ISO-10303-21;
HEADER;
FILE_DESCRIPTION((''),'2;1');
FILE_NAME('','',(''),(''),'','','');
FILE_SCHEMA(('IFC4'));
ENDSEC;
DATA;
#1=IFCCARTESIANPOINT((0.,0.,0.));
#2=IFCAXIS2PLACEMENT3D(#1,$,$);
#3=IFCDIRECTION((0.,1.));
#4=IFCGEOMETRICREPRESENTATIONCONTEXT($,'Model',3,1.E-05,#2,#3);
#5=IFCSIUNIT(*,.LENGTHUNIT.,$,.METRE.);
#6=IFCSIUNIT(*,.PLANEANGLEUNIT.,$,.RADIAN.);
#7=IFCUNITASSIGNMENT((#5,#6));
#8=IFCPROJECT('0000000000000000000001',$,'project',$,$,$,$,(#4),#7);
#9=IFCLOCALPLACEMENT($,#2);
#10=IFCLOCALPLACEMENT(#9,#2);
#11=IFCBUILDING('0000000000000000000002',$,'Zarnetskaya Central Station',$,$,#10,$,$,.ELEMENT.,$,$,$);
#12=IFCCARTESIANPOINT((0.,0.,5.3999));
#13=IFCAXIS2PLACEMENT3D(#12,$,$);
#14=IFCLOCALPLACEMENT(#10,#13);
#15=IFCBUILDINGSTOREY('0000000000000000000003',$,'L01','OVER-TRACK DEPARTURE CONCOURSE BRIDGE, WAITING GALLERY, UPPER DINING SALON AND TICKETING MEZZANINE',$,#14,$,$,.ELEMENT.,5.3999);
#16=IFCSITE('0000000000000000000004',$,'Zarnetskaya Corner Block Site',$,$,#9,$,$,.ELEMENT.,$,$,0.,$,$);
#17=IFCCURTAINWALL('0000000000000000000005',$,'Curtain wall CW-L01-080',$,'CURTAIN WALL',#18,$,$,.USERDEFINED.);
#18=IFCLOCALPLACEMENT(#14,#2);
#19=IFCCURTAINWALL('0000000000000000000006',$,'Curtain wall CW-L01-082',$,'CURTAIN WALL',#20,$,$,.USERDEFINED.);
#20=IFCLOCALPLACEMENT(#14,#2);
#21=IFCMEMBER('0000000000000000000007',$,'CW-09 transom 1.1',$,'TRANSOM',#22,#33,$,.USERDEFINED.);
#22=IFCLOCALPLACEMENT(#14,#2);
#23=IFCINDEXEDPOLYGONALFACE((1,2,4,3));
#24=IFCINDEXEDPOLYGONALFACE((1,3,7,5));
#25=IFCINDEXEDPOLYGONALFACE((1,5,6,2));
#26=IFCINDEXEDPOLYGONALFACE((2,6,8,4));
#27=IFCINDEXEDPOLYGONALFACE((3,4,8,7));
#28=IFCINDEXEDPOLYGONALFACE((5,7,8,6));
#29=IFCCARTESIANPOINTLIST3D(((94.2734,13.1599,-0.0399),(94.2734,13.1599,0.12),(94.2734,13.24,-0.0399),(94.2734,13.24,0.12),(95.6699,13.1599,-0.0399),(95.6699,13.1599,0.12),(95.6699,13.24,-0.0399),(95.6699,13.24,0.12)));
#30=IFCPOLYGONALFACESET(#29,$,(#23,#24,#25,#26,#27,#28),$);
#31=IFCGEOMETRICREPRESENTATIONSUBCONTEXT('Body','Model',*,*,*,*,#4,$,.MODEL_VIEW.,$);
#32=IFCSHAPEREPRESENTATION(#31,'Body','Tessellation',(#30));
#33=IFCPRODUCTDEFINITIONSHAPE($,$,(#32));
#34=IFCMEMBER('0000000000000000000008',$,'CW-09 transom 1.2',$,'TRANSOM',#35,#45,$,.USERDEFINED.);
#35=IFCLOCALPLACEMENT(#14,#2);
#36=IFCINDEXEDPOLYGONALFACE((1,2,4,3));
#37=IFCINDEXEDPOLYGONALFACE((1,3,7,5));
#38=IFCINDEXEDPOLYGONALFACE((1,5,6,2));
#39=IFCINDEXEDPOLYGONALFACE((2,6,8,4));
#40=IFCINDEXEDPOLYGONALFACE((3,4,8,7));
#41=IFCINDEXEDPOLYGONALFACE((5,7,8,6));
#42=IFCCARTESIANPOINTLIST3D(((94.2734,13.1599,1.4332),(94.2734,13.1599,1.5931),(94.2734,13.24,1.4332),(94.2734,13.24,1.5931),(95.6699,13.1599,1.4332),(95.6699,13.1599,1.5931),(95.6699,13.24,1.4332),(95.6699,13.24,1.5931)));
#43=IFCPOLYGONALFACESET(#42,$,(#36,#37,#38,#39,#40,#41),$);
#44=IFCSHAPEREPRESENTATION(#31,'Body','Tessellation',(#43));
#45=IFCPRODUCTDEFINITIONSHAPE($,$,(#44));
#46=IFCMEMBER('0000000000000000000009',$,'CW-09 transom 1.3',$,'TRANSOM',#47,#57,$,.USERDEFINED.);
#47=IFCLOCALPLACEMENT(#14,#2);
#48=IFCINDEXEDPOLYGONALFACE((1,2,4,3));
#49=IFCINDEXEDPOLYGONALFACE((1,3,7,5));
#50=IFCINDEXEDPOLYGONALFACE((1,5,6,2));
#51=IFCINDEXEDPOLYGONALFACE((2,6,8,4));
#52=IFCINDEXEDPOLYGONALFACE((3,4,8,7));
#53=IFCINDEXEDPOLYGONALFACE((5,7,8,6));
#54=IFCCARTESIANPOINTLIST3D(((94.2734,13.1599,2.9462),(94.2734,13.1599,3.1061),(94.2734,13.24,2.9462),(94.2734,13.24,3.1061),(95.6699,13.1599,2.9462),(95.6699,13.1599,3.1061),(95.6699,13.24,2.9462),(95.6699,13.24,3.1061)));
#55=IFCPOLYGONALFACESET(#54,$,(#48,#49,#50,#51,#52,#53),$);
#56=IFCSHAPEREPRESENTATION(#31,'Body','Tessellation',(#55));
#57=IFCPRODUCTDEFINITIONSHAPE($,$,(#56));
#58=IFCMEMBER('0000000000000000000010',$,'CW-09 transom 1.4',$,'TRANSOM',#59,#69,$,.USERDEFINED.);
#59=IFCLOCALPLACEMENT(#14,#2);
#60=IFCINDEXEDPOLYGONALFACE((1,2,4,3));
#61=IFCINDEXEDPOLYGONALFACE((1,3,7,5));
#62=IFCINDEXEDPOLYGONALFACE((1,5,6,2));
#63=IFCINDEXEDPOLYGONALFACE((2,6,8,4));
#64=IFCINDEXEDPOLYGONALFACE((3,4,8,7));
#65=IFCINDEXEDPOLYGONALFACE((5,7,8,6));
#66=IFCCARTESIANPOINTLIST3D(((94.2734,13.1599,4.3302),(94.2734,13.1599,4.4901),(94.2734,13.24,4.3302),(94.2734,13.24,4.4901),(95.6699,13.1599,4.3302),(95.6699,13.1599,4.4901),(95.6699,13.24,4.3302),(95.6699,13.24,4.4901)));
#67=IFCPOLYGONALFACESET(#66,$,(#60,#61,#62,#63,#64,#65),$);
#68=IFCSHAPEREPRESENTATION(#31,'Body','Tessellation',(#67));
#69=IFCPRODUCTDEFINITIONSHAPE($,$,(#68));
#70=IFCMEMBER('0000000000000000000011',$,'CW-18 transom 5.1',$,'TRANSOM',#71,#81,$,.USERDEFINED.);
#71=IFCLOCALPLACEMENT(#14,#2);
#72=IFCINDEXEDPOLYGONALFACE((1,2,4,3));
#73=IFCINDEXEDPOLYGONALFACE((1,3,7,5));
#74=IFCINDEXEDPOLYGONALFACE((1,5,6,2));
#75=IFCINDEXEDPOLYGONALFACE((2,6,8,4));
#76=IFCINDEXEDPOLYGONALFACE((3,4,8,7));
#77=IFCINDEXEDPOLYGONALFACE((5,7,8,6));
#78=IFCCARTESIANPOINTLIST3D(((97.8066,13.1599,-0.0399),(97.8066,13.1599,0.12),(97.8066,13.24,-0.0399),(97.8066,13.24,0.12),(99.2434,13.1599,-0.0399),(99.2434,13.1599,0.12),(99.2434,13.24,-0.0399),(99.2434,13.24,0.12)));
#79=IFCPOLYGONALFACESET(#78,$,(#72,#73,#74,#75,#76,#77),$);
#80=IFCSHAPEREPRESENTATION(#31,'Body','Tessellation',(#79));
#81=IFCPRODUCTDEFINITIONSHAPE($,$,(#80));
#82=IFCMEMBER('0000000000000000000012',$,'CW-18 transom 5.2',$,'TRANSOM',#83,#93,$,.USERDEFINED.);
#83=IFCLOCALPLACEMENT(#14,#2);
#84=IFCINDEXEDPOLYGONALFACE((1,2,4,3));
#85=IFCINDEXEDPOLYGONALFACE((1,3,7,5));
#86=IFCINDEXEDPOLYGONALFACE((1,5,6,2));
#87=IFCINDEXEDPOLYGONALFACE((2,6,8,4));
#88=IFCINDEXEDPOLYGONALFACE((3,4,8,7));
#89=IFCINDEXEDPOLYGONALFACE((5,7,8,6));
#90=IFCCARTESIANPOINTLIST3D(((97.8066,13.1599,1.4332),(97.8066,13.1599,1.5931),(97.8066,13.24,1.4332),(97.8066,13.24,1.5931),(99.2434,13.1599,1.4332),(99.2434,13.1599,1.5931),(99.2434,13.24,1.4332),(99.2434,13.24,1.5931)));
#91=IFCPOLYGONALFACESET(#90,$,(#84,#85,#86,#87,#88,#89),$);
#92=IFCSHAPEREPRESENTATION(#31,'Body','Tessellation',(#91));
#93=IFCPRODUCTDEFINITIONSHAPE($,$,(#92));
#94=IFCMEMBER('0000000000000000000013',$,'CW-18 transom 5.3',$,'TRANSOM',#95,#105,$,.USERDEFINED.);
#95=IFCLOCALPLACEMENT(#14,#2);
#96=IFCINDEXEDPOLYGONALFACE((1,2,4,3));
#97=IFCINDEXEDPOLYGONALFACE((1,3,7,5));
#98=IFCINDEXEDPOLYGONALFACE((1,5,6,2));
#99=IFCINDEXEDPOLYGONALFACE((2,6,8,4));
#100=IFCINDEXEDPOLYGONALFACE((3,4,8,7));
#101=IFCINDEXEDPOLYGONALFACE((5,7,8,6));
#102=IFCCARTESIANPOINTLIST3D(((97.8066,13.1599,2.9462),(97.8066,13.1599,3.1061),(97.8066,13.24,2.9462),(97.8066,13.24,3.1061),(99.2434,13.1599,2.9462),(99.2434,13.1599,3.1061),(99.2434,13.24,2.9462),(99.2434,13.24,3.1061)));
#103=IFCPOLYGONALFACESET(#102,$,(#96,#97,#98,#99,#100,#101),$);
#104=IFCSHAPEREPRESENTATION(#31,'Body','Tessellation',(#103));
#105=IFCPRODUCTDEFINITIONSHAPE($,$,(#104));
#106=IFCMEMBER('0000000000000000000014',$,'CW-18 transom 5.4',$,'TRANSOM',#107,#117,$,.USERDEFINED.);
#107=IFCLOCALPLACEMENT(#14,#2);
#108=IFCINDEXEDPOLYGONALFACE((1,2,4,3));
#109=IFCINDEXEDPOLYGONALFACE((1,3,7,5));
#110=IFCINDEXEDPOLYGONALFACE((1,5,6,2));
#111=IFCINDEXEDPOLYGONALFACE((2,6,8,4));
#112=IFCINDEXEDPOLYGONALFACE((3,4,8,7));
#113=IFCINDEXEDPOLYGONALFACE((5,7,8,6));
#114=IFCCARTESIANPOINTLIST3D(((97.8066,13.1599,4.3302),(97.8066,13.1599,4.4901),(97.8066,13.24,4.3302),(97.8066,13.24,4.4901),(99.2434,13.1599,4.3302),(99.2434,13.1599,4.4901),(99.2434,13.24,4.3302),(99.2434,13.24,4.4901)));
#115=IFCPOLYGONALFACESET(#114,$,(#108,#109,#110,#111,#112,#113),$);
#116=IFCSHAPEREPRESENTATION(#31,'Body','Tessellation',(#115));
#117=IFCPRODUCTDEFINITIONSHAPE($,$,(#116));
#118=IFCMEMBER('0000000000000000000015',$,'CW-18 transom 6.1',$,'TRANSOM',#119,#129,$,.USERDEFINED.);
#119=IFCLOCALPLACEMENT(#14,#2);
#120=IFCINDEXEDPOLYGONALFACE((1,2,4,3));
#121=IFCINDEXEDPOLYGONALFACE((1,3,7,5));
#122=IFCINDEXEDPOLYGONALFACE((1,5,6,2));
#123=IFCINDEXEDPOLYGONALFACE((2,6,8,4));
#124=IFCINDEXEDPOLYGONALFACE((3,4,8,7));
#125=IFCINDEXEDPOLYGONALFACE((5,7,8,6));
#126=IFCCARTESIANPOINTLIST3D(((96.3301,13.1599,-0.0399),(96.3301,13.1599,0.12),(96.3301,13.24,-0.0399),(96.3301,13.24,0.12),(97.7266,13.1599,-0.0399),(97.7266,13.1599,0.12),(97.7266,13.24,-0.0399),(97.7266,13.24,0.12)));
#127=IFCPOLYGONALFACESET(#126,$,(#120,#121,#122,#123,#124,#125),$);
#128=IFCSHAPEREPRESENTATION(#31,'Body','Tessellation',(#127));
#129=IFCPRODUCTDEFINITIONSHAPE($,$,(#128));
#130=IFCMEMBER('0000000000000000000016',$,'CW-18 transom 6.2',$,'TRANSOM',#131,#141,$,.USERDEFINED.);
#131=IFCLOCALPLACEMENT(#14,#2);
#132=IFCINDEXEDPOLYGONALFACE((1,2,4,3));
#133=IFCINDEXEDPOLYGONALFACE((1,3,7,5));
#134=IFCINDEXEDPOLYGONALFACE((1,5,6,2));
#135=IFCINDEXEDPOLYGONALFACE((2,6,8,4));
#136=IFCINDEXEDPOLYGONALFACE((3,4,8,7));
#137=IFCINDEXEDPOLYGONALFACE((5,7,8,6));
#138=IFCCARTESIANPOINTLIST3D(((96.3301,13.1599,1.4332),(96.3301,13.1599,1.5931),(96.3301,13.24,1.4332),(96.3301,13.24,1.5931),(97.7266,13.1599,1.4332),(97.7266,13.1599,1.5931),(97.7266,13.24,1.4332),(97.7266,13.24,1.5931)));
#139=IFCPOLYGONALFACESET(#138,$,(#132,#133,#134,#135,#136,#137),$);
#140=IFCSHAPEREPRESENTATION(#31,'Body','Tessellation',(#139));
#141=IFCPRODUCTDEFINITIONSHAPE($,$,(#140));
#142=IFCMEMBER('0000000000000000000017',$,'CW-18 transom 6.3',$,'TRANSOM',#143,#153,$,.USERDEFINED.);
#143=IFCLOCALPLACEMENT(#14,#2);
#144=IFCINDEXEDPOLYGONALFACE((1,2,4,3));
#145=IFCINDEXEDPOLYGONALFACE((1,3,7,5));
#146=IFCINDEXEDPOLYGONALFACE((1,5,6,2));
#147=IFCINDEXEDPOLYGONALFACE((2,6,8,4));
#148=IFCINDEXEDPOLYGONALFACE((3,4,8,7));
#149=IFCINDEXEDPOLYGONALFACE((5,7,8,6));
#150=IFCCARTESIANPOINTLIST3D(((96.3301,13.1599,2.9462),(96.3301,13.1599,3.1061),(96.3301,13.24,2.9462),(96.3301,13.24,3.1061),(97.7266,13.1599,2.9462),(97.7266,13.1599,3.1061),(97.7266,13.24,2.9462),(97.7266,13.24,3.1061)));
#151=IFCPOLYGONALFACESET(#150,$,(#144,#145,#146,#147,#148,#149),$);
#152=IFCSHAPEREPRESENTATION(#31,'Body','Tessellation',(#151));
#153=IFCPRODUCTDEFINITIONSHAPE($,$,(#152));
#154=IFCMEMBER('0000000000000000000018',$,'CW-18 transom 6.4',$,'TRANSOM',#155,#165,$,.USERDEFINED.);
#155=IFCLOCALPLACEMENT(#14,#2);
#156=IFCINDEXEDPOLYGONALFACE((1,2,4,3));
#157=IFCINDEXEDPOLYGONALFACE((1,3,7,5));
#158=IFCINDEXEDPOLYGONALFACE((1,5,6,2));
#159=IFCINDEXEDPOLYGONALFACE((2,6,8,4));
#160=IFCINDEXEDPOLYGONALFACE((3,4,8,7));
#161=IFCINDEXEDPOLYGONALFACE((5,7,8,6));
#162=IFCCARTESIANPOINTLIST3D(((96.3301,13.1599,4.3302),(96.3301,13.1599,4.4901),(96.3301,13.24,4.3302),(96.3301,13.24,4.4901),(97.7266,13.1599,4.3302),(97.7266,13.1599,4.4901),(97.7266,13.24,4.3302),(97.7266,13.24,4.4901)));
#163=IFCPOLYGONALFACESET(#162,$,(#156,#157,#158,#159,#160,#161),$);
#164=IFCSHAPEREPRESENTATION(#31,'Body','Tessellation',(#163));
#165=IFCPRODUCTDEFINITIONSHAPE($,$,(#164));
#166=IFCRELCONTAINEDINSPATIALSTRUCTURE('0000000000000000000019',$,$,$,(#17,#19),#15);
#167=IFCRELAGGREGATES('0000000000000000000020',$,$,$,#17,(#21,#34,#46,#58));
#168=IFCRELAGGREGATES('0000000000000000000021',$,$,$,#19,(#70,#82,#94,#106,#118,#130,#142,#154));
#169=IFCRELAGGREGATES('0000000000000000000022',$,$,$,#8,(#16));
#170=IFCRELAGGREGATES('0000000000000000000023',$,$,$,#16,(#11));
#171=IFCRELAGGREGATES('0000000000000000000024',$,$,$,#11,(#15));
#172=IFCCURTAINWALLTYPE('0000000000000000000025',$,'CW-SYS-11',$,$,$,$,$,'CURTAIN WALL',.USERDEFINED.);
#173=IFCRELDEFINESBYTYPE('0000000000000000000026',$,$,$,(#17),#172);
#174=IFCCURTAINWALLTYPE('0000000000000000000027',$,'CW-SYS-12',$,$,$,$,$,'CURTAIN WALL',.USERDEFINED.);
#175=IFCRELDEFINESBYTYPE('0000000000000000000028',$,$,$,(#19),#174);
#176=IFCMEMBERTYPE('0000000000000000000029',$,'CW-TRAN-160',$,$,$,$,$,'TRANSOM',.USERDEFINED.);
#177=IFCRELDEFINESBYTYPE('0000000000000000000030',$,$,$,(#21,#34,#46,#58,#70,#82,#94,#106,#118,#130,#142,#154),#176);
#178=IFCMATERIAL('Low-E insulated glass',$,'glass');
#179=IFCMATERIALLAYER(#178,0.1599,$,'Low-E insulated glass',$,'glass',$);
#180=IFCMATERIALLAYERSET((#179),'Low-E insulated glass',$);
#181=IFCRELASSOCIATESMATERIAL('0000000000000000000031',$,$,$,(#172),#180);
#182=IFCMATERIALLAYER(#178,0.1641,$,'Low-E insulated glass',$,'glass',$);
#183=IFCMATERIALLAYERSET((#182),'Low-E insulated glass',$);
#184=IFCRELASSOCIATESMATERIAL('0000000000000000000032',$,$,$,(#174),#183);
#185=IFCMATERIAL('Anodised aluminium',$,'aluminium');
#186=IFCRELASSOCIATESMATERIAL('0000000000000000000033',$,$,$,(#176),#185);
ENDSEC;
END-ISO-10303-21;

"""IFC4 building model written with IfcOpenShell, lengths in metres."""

from ifc_helpers import new_model, si_unit, direction, frame, origin, origin_2d, place, context, subcontext, project, spatial, rectangle, extrude, material, layer, layer_set, material_profile, profile_set, type_object, element, aggregate, save


model = new_model("IFC4")

# Units and contexts
model_context = context("Model", 3, precision=1e-05, world=origin(), true_north=direction((0.0, 1.0)))
body_context = subcontext(model_context, "Body", "Model", "MODEL_VIEW")
ifc_project = project(units=[si_unit("LENGTHUNIT", "METRE"), si_unit("PLANEANGLEUNIT", "RADIAN")], contexts=[model_context])

# Site, building, storey
site_placement = place(None, origin())
site = spatial("IfcSite", under=ifc_project, at=site_placement, Name="Zarnetskaya Corner Block Site", CompositionType="ELEMENT", RefElevation=0.0)
building_placement = place(site_placement, origin())
building = spatial("IfcBuilding", under=site, at=building_placement, Name="Zarnetskaya Central Station", CompositionType="ELEMENT")
storey_placement = place(building_placement, frame((0.0, 0.0, 5.3999)))
storey = spatial("IfcBuildingStorey", under=building, at=storey_placement, Name="L01", Description="OVER-TRACK DEPARTURE CONCOURSE BRIDGE, WAITING GALLERY, UPPER DINING SALON AND TICKETING MEZZANINE", CompositionType="ELEMENT", Elevation=5.3999)

# Curtain wall
ifc_material_1 = material(Name="Low-E insulated glass", Category="glass")
ifc_layer_1 = layer(ifc_material_1, 0.1599, Name="Low-E insulated glass", Category="glass")
ifc_layer_set_1 = layer_set([ifc_layer_1], Name="Low-E insulated glass")
curtain_wall_type_1 = type_object("IfcCurtainWallType", Name="CW-SYS-11", ElementType="CURTAIN WALL", PredefinedType="USERDEFINED", material=ifc_layer_set_1)
curtain_wall_1_placement = place(storey_placement, origin())
curtain_wall_1 = element("IfcCurtainWall", 1, at=curtain_wall_1_placement, inside=storey, type_object=curtain_wall_type_1, Name="Curtain wall CW-L01-080", ObjectType="CURTAIN WALL", PredefinedType="USERDEFINED")
ifc_material_2 = material(Name="Anodised aluminium", Category="aluminium")

# Curtain wall
ifc_layer_2 = layer(ifc_material_1, 0.1641, Name="Low-E insulated glass", Category="glass")
ifc_layer_set_2 = layer_set([ifc_layer_2], Name="Low-E insulated glass")
curtain_wall_type_2 = type_object("IfcCurtainWallType", Name="CW-SYS-12", ElementType="CURTAIN WALL", PredefinedType="USERDEFINED", material=ifc_layer_set_2)
curtain_wall_2_placement = place(storey_placement, origin())
curtain_wall_2 = element("IfcCurtainWall", 2, at=curtain_wall_2_placement, inside=storey, type_object=curtain_wall_type_2, Name="Curtain wall CW-L01-082", ObjectType="CURTAIN WALL", PredefinedType="USERDEFINED")

# Members
ifc_material_profile_1 = material_profile(ifc_material_2, rectangle(XDim=0.0801, YDim=0.1599, at=origin_2d()), Name="ALU TRAN 80x160")
ifc_profile_set_1 = profile_set([ifc_material_profile_1], Name="Anodised aluminium")
member_type_1 = type_object("IfcMemberType", Name="CW-TRAN-160", ElementType="TRANSOM", PredefinedType="USERDEFINED", material=ifc_profile_set_1)
member_1_placement = place(storey_placement, frame((95.6699, 13.2, 0.04), z_axis=(-1.0, 0.0, 0.0), x_axis=(0.0, -1.0, 0.0)))
member_1 = element("IfcMember", 3, at=member_1_placement, type_object=member_type_1, Name="CW-09 transom 1.1", ObjectType="TRANSOM", PredefinedType="USERDEFINED", context=body_context, shape_type="SweptSolid", body=[
    extrude(rectangle(XDim=0.0801, YDim=0.1599, at=origin_2d()), origin(), (0.0, 0.0, 1.0), 1.3965),
])
member_2_placement = place(storey_placement, frame((95.6699, 13.2, 1.5132), z_axis=(-1.0, 0.0, 0.0), x_axis=(0.0, -1.0, 0.0)))
member_2 = element("IfcMember", 4, at=member_2_placement, type_object=member_type_1, Name="CW-09 transom 1.2", ObjectType="TRANSOM", PredefinedType="USERDEFINED", context=body_context, shape_type="SweptSolid", body=[
    extrude(rectangle(XDim=0.0801, YDim=0.1599, at=origin_2d()), origin(), (0.0, 0.0, 1.0), 1.3965),
])
member_3_placement = place(storey_placement, frame((95.6699, 13.2, 3.0261), z_axis=(-1.0, 0.0, 0.0), x_axis=(0.0, -1.0, 0.0)))
member_3 = element("IfcMember", 5, at=member_3_placement, type_object=member_type_1, Name="CW-09 transom 1.3", ObjectType="TRANSOM", PredefinedType="USERDEFINED", context=body_context, shape_type="SweptSolid", body=[
    extrude(rectangle(XDim=0.0801, YDim=0.1599, at=origin_2d()), origin(), (0.0, 0.0, 1.0), 1.3965),
])
member_4_placement = place(storey_placement, frame((95.6699, 13.2, 4.4102), z_axis=(-1.0, 0.0, 0.0), x_axis=(0.0, -1.0, 0.0)))
member_4 = element("IfcMember", 6, at=member_4_placement, type_object=member_type_1, Name="CW-09 transom 1.4", ObjectType="TRANSOM", PredefinedType="USERDEFINED", context=body_context, shape_type="SweptSolid", body=[
    extrude(rectangle(XDim=0.0801, YDim=0.1599, at=origin_2d()), origin(), (0.0, 0.0, 1.0), 1.3965),
])
member_5_placement = place(storey_placement, frame((99.2434, 13.2, 0.04), z_axis=(-1.0, 0.0, 0.0), x_axis=(0.0, -1.0, 0.0)))
member_5 = element("IfcMember", 7, at=member_5_placement, type_object=member_type_1, Name="CW-18 transom 5.1", ObjectType="TRANSOM", PredefinedType="USERDEFINED", context=body_context, shape_type="SweptSolid", body=[
    extrude(rectangle(XDim=0.0801, YDim=0.1599, at=origin_2d()), origin(), (0.0, 0.0, 1.0), 1.4368),
])
member_6_placement = place(storey_placement, frame((99.2434, 13.2, 1.5132), z_axis=(-1.0, 0.0, 0.0), x_axis=(0.0, -1.0, 0.0)))
member_6 = element("IfcMember", 8, at=member_6_placement, type_object=member_type_1, Name="CW-18 transom 5.2", ObjectType="TRANSOM", PredefinedType="USERDEFINED", context=body_context, shape_type="SweptSolid", body=[
    extrude(rectangle(XDim=0.0801, YDim=0.1599, at=origin_2d()), origin(), (0.0, 0.0, 1.0), 1.4368),
])
member_7_placement = place(storey_placement, frame((99.2434, 13.2, 3.0261), z_axis=(-1.0, 0.0, 0.0), x_axis=(0.0, -1.0, 0.0)))
member_7 = element("IfcMember", 9, at=member_7_placement, type_object=member_type_1, Name="CW-18 transom 5.3", ObjectType="TRANSOM", PredefinedType="USERDEFINED", context=body_context, shape_type="SweptSolid", body=[
    extrude(rectangle(XDim=0.0801, YDim=0.1599, at=origin_2d()), origin(), (0.0, 0.0, 1.0), 1.4368),
])
member_8_placement = place(storey_placement, frame((99.2434, 13.2, 4.4102), z_axis=(-1.0, 0.0, 0.0), x_axis=(0.0, -1.0, 0.0)))
member_8 = element("IfcMember", 10, at=member_8_placement, type_object=member_type_1, Name="CW-18 transom 5.4", ObjectType="TRANSOM", PredefinedType="USERDEFINED", context=body_context, shape_type="SweptSolid", body=[
    extrude(rectangle(XDim=0.0801, YDim=0.1599, at=origin_2d()), origin(), (0.0, 0.0, 1.0), 1.4368),
])
member_9_placement = place(storey_placement, frame((97.7266, 13.2, 0.04), z_axis=(-1.0, 0.0, 0.0), x_axis=(0.0, -1.0, 0.0)))
member_9 = element("IfcMember", 11, at=member_9_placement, type_object=member_type_1, Name="CW-18 transom 6.1", ObjectType="TRANSOM", PredefinedType="USERDEFINED", context=body_context, shape_type="SweptSolid", body=[
    extrude(rectangle(XDim=0.0801, YDim=0.1599, at=origin_2d()), origin(), (0.0, 0.0, 1.0), 1.3965),
])
member_10_placement = place(storey_placement, frame((97.7266, 13.2, 1.5132), z_axis=(-1.0, 0.0, 0.0), x_axis=(0.0, -1.0, 0.0)))
member_10 = element("IfcMember", 12, at=member_10_placement, type_object=member_type_1, Name="CW-18 transom 6.2", ObjectType="TRANSOM", PredefinedType="USERDEFINED", context=body_context, shape_type="SweptSolid", body=[
    extrude(rectangle(XDim=0.0801, YDim=0.1599, at=origin_2d()), origin(), (0.0, 0.0, 1.0), 1.3965),
])
member_11_placement = place(storey_placement, frame((97.7266, 13.2, 3.0261), z_axis=(-1.0, 0.0, 0.0), x_axis=(0.0, -1.0, 0.0)))
member_11 = element("IfcMember", 13, at=member_11_placement, type_object=member_type_1, Name="CW-18 transom 6.3", ObjectType="TRANSOM", PredefinedType="USERDEFINED", context=body_context, shape_type="SweptSolid", body=[
    extrude(rectangle(XDim=0.0801, YDim=0.1599, at=origin_2d()), origin(), (0.0, 0.0, 1.0), 1.3965),
])
member_12_placement = place(storey_placement, frame((97.7266, 13.2, 4.4102), z_axis=(-1.0, 0.0, 0.0), x_axis=(0.0, -1.0, 0.0)))
member_12 = element("IfcMember", 14, at=member_12_placement, type_object=member_type_1, Name="CW-18 transom 6.4", ObjectType="TRANSOM", PredefinedType="USERDEFINED", context=body_context, shape_type="SweptSolid", body=[
    extrude(rectangle(XDim=0.0801, YDim=0.1599, at=origin_2d()), origin(), (0.0, 0.0, 1.0), 1.3965),
])

aggregate(curtain_wall_1, [member_1, member_2, member_3, member_4])
aggregate(curtain_wall_2, [member_5, member_6, member_7, member_8, member_9, member_10, member_11, member_12])

save(model, "model.ifc")
